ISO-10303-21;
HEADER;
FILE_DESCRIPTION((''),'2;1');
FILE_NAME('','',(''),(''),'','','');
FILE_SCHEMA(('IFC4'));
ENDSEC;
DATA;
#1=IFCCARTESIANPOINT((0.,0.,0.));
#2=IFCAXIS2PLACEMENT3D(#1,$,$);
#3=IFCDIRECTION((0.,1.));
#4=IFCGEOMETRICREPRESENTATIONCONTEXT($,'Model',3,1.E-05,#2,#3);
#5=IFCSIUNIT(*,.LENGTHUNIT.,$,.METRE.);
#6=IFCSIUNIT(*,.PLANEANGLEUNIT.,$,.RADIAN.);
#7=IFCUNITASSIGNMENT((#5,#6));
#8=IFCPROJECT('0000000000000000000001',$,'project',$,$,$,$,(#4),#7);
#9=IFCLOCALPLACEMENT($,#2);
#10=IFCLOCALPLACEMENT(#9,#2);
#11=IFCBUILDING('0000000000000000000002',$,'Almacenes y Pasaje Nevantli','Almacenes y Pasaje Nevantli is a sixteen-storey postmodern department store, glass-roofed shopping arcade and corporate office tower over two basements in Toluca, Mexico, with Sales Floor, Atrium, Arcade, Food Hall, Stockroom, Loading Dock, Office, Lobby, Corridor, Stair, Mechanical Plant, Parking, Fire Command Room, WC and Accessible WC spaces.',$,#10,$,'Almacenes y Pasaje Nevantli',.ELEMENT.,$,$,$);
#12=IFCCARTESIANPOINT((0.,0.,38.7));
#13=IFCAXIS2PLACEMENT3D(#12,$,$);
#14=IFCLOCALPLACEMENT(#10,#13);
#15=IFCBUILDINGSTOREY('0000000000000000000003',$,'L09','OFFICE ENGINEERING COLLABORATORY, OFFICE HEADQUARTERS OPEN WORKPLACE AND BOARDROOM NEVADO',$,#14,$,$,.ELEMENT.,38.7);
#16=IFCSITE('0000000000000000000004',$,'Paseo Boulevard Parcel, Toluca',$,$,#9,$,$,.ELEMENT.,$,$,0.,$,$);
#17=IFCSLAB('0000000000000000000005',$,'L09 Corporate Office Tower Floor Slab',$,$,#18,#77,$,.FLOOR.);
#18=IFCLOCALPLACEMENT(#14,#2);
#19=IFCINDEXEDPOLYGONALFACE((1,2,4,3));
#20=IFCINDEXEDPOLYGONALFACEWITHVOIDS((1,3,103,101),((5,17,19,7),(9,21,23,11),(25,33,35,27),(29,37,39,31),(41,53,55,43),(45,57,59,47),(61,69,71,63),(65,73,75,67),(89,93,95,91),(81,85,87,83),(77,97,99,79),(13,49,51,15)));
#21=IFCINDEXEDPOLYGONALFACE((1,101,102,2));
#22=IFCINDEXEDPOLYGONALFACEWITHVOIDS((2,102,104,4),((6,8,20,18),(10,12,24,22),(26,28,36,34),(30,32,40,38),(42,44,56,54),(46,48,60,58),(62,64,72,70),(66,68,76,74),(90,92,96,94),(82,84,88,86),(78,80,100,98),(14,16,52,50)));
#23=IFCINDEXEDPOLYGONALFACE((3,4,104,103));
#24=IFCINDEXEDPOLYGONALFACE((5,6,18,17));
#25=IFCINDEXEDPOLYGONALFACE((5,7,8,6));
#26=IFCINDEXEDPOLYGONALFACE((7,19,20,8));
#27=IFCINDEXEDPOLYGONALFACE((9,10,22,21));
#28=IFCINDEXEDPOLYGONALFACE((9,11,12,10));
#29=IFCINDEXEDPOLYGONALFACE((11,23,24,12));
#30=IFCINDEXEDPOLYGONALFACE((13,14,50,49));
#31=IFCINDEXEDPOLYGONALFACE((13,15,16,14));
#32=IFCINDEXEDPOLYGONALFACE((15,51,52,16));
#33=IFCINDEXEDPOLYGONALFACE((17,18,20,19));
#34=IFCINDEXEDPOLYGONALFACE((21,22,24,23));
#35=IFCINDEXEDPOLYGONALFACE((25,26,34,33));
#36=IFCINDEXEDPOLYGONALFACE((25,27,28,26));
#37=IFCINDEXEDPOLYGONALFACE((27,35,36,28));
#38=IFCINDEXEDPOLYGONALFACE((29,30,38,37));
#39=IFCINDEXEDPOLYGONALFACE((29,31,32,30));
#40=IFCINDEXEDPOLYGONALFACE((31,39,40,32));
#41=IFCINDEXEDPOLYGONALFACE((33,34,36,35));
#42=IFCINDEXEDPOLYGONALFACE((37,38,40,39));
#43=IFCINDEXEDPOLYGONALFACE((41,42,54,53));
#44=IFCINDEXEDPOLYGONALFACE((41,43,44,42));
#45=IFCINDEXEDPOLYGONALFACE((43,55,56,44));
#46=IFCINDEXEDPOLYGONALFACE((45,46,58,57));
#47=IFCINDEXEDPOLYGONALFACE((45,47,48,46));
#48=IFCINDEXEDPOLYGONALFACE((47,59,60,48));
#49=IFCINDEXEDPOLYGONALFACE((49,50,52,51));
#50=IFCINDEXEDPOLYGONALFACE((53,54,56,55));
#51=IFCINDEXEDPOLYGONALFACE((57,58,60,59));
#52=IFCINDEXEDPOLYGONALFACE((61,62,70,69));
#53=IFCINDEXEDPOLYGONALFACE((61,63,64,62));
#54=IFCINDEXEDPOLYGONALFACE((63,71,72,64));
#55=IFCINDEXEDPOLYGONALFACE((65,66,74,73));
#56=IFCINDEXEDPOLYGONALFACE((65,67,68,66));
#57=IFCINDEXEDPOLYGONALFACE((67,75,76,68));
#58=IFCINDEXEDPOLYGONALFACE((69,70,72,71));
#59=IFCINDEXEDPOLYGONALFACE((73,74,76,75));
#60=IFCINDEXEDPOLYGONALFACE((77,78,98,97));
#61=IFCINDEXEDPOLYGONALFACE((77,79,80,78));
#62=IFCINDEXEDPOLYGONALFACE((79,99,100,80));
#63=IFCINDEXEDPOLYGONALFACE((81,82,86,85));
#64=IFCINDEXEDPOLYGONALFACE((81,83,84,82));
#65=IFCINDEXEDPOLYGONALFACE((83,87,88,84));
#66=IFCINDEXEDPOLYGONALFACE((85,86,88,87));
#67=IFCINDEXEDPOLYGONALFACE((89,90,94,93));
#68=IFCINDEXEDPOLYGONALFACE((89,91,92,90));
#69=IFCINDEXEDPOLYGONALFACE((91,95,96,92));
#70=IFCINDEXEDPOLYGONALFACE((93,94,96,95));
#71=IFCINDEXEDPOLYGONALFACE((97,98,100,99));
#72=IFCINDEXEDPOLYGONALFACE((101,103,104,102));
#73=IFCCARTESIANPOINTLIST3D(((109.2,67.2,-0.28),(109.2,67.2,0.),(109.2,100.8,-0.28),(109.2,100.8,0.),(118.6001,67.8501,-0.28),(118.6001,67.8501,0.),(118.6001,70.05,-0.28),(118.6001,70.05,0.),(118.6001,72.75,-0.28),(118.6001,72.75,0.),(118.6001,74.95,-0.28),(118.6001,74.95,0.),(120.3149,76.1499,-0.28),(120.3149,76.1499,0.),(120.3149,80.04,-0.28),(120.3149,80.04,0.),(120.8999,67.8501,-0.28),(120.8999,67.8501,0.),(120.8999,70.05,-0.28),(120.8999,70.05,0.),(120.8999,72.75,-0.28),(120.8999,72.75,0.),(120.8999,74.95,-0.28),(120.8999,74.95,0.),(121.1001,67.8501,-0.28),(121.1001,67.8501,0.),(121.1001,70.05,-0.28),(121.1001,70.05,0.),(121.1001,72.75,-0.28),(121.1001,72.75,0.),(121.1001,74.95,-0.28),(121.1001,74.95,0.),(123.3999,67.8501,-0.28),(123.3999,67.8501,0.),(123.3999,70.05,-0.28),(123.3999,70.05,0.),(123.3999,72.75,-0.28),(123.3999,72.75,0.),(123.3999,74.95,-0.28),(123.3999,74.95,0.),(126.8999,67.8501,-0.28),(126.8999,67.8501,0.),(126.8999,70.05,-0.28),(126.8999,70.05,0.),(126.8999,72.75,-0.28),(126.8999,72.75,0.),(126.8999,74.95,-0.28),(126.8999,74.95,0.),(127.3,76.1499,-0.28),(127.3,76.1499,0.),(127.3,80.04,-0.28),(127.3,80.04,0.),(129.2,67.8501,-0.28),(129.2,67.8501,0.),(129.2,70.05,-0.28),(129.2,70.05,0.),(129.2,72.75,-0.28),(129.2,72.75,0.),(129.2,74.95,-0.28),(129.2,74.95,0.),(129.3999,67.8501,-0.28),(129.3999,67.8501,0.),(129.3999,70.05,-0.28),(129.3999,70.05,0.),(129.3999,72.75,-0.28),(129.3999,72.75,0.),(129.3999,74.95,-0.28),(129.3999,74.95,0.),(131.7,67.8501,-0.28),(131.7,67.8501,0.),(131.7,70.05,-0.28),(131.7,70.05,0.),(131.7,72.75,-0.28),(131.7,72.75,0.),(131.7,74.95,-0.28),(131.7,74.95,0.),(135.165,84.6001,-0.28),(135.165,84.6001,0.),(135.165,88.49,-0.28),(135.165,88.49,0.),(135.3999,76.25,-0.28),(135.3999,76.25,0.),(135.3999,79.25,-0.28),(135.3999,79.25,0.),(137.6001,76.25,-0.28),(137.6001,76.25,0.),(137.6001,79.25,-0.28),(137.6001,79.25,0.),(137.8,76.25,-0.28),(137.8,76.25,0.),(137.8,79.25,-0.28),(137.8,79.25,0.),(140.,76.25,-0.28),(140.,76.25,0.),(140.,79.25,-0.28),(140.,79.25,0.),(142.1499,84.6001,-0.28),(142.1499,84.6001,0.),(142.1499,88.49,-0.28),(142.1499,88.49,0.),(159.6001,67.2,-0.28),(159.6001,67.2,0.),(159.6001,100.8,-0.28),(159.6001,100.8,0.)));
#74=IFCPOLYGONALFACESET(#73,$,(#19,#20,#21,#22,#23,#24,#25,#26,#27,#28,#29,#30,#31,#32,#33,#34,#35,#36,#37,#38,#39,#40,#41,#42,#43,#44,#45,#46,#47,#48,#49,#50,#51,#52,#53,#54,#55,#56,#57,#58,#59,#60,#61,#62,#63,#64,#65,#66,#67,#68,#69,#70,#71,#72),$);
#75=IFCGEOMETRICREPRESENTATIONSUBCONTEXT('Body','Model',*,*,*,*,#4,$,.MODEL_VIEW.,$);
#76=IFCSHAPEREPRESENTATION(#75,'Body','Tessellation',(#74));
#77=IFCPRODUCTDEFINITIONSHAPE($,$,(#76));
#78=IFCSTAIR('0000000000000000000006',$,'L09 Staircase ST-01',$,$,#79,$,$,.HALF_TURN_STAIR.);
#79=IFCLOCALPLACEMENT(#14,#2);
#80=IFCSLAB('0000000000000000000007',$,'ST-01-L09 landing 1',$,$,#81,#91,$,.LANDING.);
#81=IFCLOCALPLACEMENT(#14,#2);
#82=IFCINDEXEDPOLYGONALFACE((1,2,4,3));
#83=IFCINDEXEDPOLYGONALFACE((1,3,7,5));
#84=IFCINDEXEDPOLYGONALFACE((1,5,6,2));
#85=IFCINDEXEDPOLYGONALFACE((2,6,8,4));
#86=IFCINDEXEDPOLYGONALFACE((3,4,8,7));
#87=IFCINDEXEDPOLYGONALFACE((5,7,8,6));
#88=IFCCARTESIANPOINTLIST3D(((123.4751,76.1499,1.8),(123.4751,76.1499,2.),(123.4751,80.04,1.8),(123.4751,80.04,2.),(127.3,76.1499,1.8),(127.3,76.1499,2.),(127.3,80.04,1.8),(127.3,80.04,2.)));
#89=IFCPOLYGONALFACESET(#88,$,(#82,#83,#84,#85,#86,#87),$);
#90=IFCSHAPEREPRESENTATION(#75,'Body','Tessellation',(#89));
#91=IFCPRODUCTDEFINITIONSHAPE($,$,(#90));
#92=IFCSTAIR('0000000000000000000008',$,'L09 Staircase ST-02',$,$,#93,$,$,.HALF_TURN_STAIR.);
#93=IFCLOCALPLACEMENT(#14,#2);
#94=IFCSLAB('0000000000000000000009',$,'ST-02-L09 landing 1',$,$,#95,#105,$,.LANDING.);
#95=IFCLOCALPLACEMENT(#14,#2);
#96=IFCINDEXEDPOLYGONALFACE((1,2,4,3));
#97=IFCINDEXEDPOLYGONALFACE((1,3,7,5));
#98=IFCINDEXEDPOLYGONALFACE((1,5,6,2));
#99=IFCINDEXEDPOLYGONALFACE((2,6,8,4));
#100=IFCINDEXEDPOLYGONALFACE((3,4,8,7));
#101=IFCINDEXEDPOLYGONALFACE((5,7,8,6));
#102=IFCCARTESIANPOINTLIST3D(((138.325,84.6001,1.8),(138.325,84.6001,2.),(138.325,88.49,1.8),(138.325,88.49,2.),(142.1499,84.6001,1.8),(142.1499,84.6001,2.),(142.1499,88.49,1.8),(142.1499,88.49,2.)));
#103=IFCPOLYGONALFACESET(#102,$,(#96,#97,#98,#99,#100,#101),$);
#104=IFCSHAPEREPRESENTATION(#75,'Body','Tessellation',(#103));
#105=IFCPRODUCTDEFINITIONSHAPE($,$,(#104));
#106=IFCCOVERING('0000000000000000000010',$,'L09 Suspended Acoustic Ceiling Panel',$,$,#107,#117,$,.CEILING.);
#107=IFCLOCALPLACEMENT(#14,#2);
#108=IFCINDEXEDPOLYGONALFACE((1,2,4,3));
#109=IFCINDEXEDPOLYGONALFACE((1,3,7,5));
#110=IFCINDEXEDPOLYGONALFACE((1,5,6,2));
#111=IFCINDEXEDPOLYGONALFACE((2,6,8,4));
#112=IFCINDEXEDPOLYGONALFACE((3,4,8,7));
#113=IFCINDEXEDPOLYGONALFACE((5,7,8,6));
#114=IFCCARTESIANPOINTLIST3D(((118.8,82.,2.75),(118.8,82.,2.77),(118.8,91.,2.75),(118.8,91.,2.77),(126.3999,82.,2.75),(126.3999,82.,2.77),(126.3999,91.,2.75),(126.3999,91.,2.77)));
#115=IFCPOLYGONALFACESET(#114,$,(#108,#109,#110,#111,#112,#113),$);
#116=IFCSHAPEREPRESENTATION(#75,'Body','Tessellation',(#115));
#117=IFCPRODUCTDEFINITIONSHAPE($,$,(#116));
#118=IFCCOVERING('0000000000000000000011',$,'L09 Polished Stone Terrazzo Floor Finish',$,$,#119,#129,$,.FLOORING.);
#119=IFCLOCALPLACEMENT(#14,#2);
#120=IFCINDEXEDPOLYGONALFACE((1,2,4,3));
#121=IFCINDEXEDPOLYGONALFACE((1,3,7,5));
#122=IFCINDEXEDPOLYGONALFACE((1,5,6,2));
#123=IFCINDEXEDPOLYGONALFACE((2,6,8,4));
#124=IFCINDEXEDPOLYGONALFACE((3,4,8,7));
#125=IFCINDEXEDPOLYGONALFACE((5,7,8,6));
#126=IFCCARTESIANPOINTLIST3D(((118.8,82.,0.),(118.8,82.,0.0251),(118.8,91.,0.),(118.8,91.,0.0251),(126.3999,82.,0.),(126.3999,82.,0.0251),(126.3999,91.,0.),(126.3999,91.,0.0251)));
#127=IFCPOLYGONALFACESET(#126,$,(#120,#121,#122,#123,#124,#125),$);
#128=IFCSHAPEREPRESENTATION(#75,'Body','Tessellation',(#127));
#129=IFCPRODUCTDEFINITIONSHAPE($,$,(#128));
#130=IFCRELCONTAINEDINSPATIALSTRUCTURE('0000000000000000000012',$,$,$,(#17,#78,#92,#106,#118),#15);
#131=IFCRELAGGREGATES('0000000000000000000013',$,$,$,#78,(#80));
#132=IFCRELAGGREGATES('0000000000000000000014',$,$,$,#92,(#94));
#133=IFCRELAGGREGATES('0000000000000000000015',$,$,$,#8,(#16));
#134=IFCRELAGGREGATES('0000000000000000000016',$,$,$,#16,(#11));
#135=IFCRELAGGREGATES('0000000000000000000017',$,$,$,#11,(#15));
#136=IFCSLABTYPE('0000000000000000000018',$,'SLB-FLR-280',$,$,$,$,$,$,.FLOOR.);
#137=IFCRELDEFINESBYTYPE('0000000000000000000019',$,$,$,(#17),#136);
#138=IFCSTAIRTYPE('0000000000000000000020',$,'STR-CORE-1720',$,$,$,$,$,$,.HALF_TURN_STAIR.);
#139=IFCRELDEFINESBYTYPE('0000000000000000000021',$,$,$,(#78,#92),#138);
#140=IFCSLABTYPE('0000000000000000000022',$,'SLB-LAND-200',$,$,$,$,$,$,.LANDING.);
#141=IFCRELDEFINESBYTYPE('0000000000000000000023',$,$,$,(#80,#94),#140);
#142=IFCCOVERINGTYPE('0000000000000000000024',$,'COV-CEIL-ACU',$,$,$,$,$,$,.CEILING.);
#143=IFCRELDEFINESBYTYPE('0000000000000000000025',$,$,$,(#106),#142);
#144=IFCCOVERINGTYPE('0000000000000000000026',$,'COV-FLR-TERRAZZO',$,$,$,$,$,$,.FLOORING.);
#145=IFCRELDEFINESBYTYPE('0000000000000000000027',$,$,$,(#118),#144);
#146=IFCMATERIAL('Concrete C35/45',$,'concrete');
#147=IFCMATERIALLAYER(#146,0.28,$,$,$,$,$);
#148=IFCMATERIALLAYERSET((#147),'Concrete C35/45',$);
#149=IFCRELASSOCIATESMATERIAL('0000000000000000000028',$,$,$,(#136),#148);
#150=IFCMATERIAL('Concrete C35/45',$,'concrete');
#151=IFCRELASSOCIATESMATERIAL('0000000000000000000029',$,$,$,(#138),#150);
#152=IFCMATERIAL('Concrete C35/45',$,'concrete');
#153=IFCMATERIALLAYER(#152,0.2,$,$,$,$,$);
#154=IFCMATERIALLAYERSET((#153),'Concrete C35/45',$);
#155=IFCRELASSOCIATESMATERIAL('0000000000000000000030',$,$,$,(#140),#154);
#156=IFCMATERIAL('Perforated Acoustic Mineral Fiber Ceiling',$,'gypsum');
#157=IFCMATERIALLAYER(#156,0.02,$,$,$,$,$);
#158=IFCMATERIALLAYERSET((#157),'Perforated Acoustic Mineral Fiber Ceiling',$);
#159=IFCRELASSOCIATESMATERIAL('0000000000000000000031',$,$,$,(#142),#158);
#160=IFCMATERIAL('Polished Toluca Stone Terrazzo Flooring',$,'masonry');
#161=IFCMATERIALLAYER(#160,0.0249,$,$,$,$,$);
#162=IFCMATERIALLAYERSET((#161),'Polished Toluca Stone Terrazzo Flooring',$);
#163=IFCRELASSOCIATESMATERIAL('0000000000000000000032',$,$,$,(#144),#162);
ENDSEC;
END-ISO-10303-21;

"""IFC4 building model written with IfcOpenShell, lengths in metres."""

from ifc_helpers import new_model, si_unit, direction, frame, origin, place, context, subcontext, project, spatial, polyline, outline, extrude, material, layer, layer_set, type_object, element, aggregate, save


model = new_model("IFC4")

# Units and contexts
model_context = context("Model", 3, precision=1e-05, world=origin(), true_north=direction((0.0, 1.0)))
body_context = subcontext(model_context, "Body", "Model", "MODEL_VIEW")
ifc_project = project(units=[si_unit("LENGTHUNIT", "METRE"), si_unit("PLANEANGLEUNIT", "RADIAN")], contexts=[model_context])

# Site, building, storey
site_placement = place(None, origin())
site = spatial("IfcSite", under=ifc_project, at=site_placement, Name="Paseo Boulevard Parcel, Toluca", CompositionType="ELEMENT", RefElevation=0.0)
building_placement = place(site_placement, origin())
building = spatial("IfcBuilding", under=site, at=building_placement, Name="Almacenes y Pasaje Nevantli", Description="Almacenes y Pasaje Nevantli is a sixteen-storey postmodern department store, glass-roofed shopping arcade and corporate office tower over two basements in Toluca, Mexico, with Sales Floor, Atrium, Arcade, Food Hall, Stockroom, Loading Dock, Office, Lobby, Corridor, Stair, Mechanical Plant, Parking, Fire Command Room, WC and Accessible WC spaces.", LongName="Almacenes y Pasaje Nevantli", CompositionType="ELEMENT")
storey_placement = place(building_placement, frame((0.0, 0.0, 38.7)))
storey = spatial("IfcBuildingStorey", under=building, at=storey_placement, Name="L09", Description="OFFICE ENGINEERING COLLABORATORY, OFFICE HEADQUARTERS OPEN WORKPLACE AND BOARDROOM NEVADO", CompositionType="ELEMENT", Elevation=38.7)

# Slab
ifc_material_1 = material(Name="Concrete C35/45", Category="concrete")
ifc_layer_1 = layer(ifc_material_1, 0.28)
ifc_layer_set_1 = layer_set([ifc_layer_1], Name="Concrete C35/45")
slab_type_1 = type_object("IfcSlabType", Name="SLB-FLR-280", PredefinedType="FLOOR", material=ifc_layer_set_1)
slab_1_placement = place(storey_placement, frame((0.0, 0.0, -0.28)))
element("IfcSlab", 1, at=slab_1_placement, inside=storey, type_object=slab_type_1, Name="L09 Corporate Office Tower Floor Slab", PredefinedType="FLOOR", context=body_context, shape_type="SweptSolid", body=[
    extrude(outline(polyline([(109.2, 67.2), (159.6001, 67.2), (159.6001, 100.8), (109.2, 100.8), (109.2, 67.2)]), holes=[polyline([(120.3149, 76.1499), (127.3, 76.1499), (127.3, 80.04), (120.3149, 80.04), (120.3149, 76.1499)]), polyline([(135.165, 84.6001), (142.1499, 84.6001), (142.1499, 88.49), (135.165, 88.49), (135.165, 84.6001)]), polyline([(126.8999, 67.8501), (129.2, 67.8501), (129.2, 70.05), (126.8999, 70.05), (126.8999, 67.8501)]), polyline([(129.3999, 67.8501), (131.7, 67.8501), (131.7, 70.05), (129.3999, 70.05), (129.3999, 67.8501)]), polyline([(126.8999, 72.75), (129.2, 72.75), (129.2, 74.95), (126.8999, 74.95), (126.8999, 72.75)]), polyline([(129.3999, 72.75), (131.7, 72.75), (131.7, 74.95), (129.3999, 74.95), (129.3999, 72.75)]), polyline([(118.6001, 67.8501), (120.8999, 67.8501), (120.8999, 70.05), (118.6001, 70.05), (118.6001, 67.8501)]), polyline([(121.1001, 67.8501), (123.3999, 67.8501), (123.3999, 70.05), (121.1001, 70.05), (121.1001, 67.8501)]), polyline([(118.6001, 72.75), (120.8999, 72.75), (120.8999, 74.95), (118.6001, 74.95), (118.6001, 72.75)]), polyline([(121.1001, 72.75), (123.3999, 72.75), (123.3999, 74.95), (121.1001, 74.95), (121.1001, 72.75)]), polyline([(135.3999, 76.25), (137.6001, 76.25), (137.6001, 79.25), (135.3999, 79.25), (135.3999, 76.25)]), polyline([(137.8, 76.25), (140.0, 76.25), (140.0, 79.25), (137.8, 79.25), (137.8, 76.25)])]), origin(), (0.0, 0.0, 1.0), 0.28),
])

# Stairs, slabs
ifc_material_2 = material(Name="Concrete C35/45", Category="concrete")
stair_type = type_object("IfcStairType", Name="STR-CORE-1720", PredefinedType="HALF_TURN_STAIR", material=ifc_material_2)
stair_1_placement = place(storey_placement, origin())
stair_1 = element("IfcStair", 2, at=stair_1_placement, inside=storey, type_object=stair_type, Name="L09 Staircase ST-01", PredefinedType="HALF_TURN_STAIR")
ifc_material_3 = material(Name="Concrete C35/45", Category="concrete")
ifc_layer_2 = layer(ifc_material_3, 0.2)
ifc_layer_set_2 = layer_set([ifc_layer_2], Name="Concrete C35/45")
slab_type_2 = type_object("IfcSlabType", Name="SLB-LAND-200", PredefinedType="LANDING", material=ifc_layer_set_2)
slab_2_placement = place(storey_placement, frame((0.0, 0.0, 1.8)))
slab_2 = element("IfcSlab", 3, at=slab_2_placement, type_object=slab_type_2, Name="ST-01-L09 landing 1", PredefinedType="LANDING", context=body_context, shape_type="SweptSolid", body=[
    extrude(outline(polyline([(123.4751, 76.1499), (127.3, 76.1499), (127.3, 80.04), (123.4751, 80.04), (123.4751, 76.1499)])), origin(), (0.0, 0.0, 1.0), 0.2),
])
aggregate(stair_1, [slab_2])
stair_2_placement = place(storey_placement, origin())
stair_2 = element("IfcStair", 4, at=stair_2_placement, inside=storey, type_object=stair_type, Name="L09 Staircase ST-02", PredefinedType="HALF_TURN_STAIR")
slab_3_placement = place(storey_placement, frame((0.0, 0.0, 1.8)))
slab_3 = element("IfcSlab", 5, at=slab_3_placement, type_object=slab_type_2, Name="ST-02-L09 landing 1", PredefinedType="LANDING", context=body_context, shape_type="SweptSolid", body=[
    extrude(outline(polyline([(138.325, 84.6001), (142.1499, 84.6001), (142.1499, 88.49), (138.325, 88.49), (138.325, 84.6001)])), origin(), (0.0, 0.0, 1.0), 0.2),
])
aggregate(stair_2, [slab_3])

# Coverings
ifc_material_4 = material(Name="Perforated Acoustic Mineral Fiber Ceiling", Category="gypsum")
ifc_layer_3 = layer(ifc_material_4, 0.02)
ifc_layer_set_3 = layer_set([ifc_layer_3], Name="Perforated Acoustic Mineral Fiber Ceiling")
covering_type_1 = type_object("IfcCoveringType", Name="COV-CEIL-ACU", PredefinedType="CEILING", material=ifc_layer_set_3)
covering_1_placement = place(storey_placement, frame((0.0, 0.0, 2.75)))
element("IfcCovering", 6, at=covering_1_placement, inside=storey, type_object=covering_type_1, Name="L09 Suspended Acoustic Ceiling Panel", PredefinedType="CEILING", context=body_context, shape_type="SweptSolid", body=[
    extrude(outline(polyline([(118.8, 82.0), (126.3999, 82.0), (126.3999, 91.0), (118.8, 91.0), (118.8, 82.0)])), origin(), (0.0, 0.0, 1.0), 0.02),
])
ifc_material_5 = material(Name="Polished Toluca Stone Terrazzo Flooring", Category="masonry")
ifc_layer_4 = layer(ifc_material_5, 0.0249)
ifc_layer_set_4 = layer_set([ifc_layer_4], Name="Polished Toluca Stone Terrazzo Flooring")
covering_type_2 = type_object("IfcCoveringType", Name="COV-FLR-TERRAZZO", PredefinedType="FLOORING", material=ifc_layer_set_4)
covering_2_placement = place(storey_placement, origin())
element("IfcCovering", 7, at=covering_2_placement, inside=storey, type_object=covering_type_2, Name="L09 Polished Stone Terrazzo Floor Finish", PredefinedType="FLOORING", context=body_context, shape_type="SweptSolid", body=[
    extrude(outline(polyline([(118.8, 82.0), (126.3999, 82.0), (126.3999, 91.0), (118.8, 91.0), (118.8, 82.0)])), origin(), (0.0, 0.0, 1.0), 0.0251),
])

save(model, "model.ifc")
